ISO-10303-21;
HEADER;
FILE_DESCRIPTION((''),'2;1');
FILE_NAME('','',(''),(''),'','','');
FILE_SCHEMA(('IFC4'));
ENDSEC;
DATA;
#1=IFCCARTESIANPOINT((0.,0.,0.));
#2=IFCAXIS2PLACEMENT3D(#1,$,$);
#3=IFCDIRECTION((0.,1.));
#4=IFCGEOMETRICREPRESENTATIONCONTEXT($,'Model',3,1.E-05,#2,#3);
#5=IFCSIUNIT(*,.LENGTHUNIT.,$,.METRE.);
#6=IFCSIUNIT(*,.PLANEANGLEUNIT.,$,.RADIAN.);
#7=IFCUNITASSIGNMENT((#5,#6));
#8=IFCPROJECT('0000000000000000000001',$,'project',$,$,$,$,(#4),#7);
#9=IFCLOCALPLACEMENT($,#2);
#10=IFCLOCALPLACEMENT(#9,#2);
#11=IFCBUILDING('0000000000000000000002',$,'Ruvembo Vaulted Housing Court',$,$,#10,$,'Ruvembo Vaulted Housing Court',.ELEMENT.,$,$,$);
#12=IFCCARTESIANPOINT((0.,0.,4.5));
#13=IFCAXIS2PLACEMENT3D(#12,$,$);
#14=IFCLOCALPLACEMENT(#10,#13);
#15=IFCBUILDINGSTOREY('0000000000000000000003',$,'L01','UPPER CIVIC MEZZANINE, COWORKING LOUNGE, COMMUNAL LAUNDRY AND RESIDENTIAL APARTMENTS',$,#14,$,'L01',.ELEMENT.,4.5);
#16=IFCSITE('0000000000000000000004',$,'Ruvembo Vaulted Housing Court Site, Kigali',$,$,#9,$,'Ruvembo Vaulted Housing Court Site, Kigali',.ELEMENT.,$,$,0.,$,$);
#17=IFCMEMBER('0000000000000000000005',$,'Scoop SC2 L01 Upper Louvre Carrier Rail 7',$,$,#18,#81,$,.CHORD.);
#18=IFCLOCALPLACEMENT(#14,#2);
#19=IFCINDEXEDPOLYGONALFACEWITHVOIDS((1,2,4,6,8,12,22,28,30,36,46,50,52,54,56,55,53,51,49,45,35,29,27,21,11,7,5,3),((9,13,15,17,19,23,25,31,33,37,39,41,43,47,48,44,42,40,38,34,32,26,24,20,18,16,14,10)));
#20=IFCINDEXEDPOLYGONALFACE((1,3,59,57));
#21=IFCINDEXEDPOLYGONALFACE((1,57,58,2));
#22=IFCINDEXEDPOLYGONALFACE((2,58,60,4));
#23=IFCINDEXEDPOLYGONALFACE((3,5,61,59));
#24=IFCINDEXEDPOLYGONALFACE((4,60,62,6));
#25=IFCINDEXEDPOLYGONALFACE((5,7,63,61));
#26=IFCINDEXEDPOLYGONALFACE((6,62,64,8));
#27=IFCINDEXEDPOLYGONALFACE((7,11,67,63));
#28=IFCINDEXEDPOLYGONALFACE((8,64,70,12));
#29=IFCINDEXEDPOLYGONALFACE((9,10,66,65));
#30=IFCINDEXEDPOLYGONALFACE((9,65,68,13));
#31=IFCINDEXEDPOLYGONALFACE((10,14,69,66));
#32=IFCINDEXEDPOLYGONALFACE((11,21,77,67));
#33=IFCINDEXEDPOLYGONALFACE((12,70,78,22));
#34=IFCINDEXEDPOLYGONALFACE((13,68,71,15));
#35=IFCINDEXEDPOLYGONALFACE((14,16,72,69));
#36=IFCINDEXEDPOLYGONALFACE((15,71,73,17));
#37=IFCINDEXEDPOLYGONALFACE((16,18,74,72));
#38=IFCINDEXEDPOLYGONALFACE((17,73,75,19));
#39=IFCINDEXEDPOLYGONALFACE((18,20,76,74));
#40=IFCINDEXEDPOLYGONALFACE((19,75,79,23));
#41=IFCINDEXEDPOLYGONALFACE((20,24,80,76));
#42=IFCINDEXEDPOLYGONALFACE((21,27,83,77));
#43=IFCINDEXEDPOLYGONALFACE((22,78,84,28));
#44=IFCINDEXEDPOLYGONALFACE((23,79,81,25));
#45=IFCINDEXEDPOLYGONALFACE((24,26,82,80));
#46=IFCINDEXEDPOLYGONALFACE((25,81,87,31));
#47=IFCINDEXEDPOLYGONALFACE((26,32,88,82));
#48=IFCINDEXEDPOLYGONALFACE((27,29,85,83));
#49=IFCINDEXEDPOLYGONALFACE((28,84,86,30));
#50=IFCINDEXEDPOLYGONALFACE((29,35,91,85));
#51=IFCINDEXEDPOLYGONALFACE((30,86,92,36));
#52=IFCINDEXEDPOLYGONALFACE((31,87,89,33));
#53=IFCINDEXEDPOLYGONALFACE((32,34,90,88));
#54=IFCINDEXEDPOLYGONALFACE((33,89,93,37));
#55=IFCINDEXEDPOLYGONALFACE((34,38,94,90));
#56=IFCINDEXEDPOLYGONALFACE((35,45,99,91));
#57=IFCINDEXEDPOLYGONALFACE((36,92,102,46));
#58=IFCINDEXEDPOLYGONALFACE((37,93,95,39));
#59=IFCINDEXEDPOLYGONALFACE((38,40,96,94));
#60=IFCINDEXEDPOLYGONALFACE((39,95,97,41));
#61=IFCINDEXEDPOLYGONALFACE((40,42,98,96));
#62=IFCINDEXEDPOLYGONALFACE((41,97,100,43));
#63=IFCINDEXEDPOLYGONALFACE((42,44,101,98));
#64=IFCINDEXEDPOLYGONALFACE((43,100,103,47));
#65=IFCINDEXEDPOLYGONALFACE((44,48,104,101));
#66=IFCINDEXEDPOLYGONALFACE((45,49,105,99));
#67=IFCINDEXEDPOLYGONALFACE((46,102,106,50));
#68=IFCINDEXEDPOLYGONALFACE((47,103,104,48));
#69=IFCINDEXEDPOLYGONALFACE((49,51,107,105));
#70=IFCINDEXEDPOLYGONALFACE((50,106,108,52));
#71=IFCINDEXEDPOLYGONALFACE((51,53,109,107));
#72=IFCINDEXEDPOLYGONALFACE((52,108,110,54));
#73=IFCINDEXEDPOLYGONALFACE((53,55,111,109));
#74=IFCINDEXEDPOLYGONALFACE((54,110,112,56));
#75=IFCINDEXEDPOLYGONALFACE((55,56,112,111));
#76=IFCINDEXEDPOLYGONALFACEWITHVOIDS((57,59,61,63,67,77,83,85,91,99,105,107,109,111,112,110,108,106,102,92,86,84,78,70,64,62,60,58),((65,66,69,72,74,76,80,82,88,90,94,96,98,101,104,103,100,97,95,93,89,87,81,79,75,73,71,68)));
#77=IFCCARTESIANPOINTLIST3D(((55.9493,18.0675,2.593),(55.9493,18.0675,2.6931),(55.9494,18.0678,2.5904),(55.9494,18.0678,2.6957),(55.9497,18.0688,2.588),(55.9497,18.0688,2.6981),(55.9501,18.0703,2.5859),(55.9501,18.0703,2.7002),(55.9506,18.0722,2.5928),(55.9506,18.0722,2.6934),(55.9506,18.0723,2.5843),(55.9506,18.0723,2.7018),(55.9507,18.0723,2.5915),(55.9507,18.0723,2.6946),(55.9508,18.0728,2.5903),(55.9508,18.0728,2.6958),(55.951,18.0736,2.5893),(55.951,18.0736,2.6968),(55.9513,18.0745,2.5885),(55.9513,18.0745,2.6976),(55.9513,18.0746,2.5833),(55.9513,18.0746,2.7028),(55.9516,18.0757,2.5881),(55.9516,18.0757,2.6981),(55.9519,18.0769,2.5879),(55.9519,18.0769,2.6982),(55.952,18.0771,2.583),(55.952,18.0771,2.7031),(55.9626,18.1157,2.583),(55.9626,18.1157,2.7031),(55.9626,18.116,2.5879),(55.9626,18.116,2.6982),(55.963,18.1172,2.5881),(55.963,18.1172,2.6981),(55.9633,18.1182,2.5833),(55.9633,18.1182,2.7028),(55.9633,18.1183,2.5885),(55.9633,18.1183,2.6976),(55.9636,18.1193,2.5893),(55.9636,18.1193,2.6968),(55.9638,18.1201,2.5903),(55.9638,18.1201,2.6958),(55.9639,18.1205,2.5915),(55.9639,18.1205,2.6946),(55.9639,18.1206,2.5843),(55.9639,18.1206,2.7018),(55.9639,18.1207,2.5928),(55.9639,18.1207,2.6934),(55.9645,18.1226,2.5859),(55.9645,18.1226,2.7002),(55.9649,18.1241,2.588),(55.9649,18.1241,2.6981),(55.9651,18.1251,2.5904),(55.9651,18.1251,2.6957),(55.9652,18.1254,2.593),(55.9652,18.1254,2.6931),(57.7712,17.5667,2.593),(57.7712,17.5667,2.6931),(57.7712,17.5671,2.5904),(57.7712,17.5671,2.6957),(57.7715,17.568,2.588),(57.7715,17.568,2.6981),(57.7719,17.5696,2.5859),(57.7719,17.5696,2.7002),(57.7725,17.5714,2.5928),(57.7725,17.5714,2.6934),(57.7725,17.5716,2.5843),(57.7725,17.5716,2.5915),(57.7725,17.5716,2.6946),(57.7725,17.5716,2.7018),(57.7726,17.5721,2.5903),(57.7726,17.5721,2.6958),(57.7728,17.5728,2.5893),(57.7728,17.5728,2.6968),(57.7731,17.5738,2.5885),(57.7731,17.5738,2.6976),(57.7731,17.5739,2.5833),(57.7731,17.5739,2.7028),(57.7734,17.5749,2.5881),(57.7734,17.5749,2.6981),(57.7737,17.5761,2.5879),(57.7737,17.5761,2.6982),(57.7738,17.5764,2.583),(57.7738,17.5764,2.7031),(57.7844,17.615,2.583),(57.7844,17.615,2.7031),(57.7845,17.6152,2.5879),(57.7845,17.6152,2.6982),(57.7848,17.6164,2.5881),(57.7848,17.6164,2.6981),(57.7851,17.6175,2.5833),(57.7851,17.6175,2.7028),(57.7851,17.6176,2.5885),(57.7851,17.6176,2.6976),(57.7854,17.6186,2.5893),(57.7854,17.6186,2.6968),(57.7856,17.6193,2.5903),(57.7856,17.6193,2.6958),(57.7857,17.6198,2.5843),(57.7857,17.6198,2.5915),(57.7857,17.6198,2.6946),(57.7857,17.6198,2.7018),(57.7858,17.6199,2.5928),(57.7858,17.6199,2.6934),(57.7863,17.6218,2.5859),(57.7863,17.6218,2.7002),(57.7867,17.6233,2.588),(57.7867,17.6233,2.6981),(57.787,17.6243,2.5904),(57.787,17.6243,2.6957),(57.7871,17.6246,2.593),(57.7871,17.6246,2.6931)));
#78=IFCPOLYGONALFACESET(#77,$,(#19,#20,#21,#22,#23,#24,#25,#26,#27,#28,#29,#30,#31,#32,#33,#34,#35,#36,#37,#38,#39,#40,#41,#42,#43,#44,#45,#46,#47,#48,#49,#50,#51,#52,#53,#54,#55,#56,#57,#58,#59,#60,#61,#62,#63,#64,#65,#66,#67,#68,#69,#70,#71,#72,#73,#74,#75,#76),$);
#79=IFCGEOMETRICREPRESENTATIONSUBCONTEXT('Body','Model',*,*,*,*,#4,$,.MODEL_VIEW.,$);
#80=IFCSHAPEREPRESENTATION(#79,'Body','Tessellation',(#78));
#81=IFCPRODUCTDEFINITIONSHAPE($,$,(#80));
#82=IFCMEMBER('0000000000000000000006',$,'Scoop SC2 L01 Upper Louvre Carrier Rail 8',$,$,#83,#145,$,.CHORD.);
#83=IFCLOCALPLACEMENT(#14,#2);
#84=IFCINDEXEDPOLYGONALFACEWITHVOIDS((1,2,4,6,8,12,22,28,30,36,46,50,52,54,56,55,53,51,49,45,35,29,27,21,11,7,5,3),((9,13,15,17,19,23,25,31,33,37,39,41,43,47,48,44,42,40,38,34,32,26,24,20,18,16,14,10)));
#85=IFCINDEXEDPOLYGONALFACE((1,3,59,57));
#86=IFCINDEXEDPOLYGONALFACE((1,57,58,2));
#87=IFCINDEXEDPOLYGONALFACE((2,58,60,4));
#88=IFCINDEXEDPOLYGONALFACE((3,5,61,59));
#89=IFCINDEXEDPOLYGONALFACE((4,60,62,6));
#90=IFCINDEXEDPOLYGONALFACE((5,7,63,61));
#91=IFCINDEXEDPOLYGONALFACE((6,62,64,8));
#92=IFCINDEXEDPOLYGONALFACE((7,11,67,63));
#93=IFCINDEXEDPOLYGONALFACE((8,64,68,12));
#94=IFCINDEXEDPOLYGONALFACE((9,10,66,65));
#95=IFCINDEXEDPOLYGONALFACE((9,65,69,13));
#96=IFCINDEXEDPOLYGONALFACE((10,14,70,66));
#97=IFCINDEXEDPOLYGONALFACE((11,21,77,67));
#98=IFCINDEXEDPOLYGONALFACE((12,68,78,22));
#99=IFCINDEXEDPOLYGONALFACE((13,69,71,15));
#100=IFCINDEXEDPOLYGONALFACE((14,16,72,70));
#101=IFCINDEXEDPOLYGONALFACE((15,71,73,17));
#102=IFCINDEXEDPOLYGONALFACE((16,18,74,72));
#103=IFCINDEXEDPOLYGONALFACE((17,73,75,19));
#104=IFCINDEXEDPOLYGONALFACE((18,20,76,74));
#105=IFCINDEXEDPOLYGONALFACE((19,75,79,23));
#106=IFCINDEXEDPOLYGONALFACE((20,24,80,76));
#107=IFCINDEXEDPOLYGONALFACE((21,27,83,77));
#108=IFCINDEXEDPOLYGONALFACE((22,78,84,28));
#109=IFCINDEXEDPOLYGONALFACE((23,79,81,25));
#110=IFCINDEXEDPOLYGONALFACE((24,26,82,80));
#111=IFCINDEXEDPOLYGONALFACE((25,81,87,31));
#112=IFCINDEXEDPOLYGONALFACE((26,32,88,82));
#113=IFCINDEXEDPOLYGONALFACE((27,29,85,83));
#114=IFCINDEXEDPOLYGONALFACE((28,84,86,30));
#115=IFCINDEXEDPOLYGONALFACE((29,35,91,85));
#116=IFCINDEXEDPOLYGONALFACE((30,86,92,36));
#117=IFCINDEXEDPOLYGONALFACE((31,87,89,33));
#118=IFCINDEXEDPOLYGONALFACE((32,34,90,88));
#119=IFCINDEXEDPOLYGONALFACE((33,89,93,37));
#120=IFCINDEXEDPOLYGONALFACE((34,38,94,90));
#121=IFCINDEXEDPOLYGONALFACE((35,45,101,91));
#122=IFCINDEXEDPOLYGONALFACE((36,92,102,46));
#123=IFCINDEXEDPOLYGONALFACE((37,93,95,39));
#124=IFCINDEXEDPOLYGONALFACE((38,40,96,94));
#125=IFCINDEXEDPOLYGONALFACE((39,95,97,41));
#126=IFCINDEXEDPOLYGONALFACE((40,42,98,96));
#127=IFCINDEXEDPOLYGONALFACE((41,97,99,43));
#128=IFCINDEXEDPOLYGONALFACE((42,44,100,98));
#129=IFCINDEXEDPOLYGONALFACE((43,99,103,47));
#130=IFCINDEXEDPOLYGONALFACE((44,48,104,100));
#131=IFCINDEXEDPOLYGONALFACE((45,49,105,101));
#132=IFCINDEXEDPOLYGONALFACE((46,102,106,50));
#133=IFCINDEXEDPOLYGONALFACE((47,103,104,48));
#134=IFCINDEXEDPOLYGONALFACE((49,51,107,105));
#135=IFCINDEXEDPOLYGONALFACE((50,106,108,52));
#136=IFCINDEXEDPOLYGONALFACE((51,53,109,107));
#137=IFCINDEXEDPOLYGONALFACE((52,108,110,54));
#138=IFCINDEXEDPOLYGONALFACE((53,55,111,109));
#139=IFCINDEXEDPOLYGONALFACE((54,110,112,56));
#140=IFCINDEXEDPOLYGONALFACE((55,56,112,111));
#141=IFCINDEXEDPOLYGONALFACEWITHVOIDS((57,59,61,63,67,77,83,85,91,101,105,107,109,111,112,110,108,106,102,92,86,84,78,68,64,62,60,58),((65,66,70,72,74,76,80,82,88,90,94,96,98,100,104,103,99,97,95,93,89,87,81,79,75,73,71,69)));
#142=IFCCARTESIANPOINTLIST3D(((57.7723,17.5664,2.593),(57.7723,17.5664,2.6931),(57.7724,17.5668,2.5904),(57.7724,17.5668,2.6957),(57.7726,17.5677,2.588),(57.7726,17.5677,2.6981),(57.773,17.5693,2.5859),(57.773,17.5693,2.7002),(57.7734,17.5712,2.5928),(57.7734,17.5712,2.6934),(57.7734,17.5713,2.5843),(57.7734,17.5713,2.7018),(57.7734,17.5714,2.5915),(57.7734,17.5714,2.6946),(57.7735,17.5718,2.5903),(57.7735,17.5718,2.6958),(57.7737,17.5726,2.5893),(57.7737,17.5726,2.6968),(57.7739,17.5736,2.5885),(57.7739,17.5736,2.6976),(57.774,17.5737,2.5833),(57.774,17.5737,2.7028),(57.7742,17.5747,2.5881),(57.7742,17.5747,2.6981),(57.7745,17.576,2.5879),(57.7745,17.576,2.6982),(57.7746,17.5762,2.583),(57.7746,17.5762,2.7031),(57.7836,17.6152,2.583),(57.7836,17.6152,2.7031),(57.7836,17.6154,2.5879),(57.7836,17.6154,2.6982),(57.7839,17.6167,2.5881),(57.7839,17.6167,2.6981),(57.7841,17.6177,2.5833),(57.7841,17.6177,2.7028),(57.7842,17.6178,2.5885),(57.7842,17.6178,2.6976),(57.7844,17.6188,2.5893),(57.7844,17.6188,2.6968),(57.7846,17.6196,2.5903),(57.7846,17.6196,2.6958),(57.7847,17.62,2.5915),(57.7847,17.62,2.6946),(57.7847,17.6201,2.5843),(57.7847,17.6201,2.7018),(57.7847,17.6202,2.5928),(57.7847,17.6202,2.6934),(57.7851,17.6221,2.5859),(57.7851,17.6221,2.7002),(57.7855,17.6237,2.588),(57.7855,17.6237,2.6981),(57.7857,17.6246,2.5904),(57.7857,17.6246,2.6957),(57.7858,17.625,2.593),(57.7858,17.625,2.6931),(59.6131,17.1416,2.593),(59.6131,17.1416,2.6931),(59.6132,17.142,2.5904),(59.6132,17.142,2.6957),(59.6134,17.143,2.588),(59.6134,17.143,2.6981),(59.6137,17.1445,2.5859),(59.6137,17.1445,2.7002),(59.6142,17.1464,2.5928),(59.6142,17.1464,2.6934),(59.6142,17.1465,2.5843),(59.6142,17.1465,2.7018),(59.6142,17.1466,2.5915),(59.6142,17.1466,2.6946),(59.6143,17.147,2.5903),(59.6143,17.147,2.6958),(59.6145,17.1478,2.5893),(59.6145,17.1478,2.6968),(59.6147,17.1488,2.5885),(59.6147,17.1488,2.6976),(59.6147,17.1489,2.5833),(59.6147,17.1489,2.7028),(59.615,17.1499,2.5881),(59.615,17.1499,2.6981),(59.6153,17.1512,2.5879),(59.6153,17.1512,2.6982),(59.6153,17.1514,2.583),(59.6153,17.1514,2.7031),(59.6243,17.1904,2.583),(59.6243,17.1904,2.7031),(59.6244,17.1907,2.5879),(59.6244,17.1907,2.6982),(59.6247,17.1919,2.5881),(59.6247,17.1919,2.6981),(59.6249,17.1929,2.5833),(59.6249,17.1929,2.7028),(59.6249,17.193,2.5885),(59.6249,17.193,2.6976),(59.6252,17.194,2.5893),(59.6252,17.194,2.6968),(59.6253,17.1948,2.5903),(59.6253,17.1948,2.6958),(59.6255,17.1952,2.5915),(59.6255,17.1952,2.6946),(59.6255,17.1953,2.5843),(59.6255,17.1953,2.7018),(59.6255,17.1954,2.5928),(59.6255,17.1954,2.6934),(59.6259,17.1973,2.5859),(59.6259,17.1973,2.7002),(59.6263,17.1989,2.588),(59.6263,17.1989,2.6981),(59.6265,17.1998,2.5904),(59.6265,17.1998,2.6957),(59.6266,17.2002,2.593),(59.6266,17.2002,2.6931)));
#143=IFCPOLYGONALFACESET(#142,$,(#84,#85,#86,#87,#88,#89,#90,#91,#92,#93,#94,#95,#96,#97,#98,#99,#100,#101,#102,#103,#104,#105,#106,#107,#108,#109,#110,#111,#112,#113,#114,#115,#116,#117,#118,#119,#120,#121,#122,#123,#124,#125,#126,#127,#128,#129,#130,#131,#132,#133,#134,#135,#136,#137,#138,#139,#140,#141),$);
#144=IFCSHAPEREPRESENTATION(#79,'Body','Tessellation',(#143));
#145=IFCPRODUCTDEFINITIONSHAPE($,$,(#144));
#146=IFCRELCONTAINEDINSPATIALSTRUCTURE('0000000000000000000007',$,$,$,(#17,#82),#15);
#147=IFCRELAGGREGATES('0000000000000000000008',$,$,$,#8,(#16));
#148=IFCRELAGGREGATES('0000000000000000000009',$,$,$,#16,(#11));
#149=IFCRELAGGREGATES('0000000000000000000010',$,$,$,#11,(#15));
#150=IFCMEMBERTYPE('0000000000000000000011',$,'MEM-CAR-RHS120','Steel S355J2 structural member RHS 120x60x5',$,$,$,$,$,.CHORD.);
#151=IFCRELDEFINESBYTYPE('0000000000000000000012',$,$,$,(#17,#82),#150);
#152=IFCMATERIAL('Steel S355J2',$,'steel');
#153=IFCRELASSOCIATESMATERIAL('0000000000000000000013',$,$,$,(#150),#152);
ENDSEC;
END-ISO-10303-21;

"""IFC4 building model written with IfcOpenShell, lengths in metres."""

from ifc_helpers import new_model, si_unit, direction, frame, origin, origin_2d, place, context, subcontext, project, spatial, hollow_rectangle, extrude, material, material_profile, profile_set, type_object, element, save


model = new_model("IFC4")

# Units and contexts
model_context = context("Model", 3, precision=1e-05, world=origin(), true_north=direction((0.0, 1.0)))
body_context = subcontext(model_context, "Body", "Model", "MODEL_VIEW")
ifc_project = project(units=[si_unit("LENGTHUNIT", "METRE"), si_unit("PLANEANGLEUNIT", "RADIAN")], contexts=[model_context])

# Site, building, storey
site_placement = place(None, origin())
site = spatial("IfcSite", under=ifc_project, at=site_placement, Name="Ruvembo Vaulted Housing Court Site, Kigali", LongName="Ruvembo Vaulted Housing Court Site, Kigali", CompositionType="ELEMENT", RefElevation=0.0)
building_placement = place(site_placement, origin())
building = spatial("IfcBuilding", under=site, at=building_placement, Name="Ruvembo Vaulted Housing Court", LongName="Ruvembo Vaulted Housing Court", CompositionType="ELEMENT")
storey_placement = place(building_placement, frame((0.0, 0.0, 4.5)))
storey = spatial("IfcBuildingStorey", under=building, at=storey_placement, Name="L01", Description="UPPER CIVIC MEZZANINE, COWORKING LOUNGE, COMMUNAL LAUNDRY AND RESIDENTIAL APARTMENTS", LongName="L01", CompositionType="ELEMENT", Elevation=4.5)

# Shared definitions
ifc_material_1 = material(Name="Steel S355J2", Category="steel")

# Members
ifc_material_profile_1 = material_profile(ifc_material_1, hollow_rectangle(XDim=0.0601, YDim=0.1201, WallThickness=0.0049, InnerFilletRadius=0.0049, OuterFilletRadius=0.01, at=origin_2d()), Name="RHS 120x60x5")
ifc_profile_set_1 = profile_set([ifc_material_profile_1], Name="Steel S355J2")
member_type_1 = type_object("IfcMemberType", Name="MEM-CAR-RHS120", Description="Steel S355J2 structural member RHS 120x60x5", PredefinedType="CHORD", material=ifc_profile_set_1)
member_1_placement = place(storey_placement, frame((55.9573, 18.0964, 2.6431), z_axis=(0.96424, -0.26503, 0.0), x_axis=(0.26503, 0.96424, 0.0)))
element("IfcMember", 1, at=member_1_placement, inside=storey, type_object=member_type_1, Name="Scoop SC2 L01 Upper Louvre Carrier Rail 7", PredefinedType="CHORD", context=body_context, shape_type="SweptSolid", body=[
    extrude(hollow_rectangle(XDim=0.0601, YDim=0.1201, WallThickness=0.0049, InnerFilletRadius=0.0049, OuterFilletRadius=0.01, at=origin_2d()), origin(), (0.0, 0.0, 1.0), 1.8894),
])
member_2_placement = place(storey_placement, frame((57.7791, 17.5957, 2.6431), z_axis=(0.974391, -0.22486, 0.0), x_axis=(0.22486, 0.974391, 0.0)))
element("IfcMember", 2, at=member_2_placement, inside=storey, type_object=member_type_1, Name="Scoop SC2 L01 Upper Louvre Carrier Rail 8", PredefinedType="CHORD", context=body_context, shape_type="SweptSolid", body=[
    extrude(hollow_rectangle(XDim=0.0601, YDim=0.1201, WallThickness=0.0049, InnerFilletRadius=0.0049, OuterFilletRadius=0.01, at=origin_2d()), origin(), (0.0, 0.0, 1.0), 1.8892),
])

save(model, "model.ifc")
